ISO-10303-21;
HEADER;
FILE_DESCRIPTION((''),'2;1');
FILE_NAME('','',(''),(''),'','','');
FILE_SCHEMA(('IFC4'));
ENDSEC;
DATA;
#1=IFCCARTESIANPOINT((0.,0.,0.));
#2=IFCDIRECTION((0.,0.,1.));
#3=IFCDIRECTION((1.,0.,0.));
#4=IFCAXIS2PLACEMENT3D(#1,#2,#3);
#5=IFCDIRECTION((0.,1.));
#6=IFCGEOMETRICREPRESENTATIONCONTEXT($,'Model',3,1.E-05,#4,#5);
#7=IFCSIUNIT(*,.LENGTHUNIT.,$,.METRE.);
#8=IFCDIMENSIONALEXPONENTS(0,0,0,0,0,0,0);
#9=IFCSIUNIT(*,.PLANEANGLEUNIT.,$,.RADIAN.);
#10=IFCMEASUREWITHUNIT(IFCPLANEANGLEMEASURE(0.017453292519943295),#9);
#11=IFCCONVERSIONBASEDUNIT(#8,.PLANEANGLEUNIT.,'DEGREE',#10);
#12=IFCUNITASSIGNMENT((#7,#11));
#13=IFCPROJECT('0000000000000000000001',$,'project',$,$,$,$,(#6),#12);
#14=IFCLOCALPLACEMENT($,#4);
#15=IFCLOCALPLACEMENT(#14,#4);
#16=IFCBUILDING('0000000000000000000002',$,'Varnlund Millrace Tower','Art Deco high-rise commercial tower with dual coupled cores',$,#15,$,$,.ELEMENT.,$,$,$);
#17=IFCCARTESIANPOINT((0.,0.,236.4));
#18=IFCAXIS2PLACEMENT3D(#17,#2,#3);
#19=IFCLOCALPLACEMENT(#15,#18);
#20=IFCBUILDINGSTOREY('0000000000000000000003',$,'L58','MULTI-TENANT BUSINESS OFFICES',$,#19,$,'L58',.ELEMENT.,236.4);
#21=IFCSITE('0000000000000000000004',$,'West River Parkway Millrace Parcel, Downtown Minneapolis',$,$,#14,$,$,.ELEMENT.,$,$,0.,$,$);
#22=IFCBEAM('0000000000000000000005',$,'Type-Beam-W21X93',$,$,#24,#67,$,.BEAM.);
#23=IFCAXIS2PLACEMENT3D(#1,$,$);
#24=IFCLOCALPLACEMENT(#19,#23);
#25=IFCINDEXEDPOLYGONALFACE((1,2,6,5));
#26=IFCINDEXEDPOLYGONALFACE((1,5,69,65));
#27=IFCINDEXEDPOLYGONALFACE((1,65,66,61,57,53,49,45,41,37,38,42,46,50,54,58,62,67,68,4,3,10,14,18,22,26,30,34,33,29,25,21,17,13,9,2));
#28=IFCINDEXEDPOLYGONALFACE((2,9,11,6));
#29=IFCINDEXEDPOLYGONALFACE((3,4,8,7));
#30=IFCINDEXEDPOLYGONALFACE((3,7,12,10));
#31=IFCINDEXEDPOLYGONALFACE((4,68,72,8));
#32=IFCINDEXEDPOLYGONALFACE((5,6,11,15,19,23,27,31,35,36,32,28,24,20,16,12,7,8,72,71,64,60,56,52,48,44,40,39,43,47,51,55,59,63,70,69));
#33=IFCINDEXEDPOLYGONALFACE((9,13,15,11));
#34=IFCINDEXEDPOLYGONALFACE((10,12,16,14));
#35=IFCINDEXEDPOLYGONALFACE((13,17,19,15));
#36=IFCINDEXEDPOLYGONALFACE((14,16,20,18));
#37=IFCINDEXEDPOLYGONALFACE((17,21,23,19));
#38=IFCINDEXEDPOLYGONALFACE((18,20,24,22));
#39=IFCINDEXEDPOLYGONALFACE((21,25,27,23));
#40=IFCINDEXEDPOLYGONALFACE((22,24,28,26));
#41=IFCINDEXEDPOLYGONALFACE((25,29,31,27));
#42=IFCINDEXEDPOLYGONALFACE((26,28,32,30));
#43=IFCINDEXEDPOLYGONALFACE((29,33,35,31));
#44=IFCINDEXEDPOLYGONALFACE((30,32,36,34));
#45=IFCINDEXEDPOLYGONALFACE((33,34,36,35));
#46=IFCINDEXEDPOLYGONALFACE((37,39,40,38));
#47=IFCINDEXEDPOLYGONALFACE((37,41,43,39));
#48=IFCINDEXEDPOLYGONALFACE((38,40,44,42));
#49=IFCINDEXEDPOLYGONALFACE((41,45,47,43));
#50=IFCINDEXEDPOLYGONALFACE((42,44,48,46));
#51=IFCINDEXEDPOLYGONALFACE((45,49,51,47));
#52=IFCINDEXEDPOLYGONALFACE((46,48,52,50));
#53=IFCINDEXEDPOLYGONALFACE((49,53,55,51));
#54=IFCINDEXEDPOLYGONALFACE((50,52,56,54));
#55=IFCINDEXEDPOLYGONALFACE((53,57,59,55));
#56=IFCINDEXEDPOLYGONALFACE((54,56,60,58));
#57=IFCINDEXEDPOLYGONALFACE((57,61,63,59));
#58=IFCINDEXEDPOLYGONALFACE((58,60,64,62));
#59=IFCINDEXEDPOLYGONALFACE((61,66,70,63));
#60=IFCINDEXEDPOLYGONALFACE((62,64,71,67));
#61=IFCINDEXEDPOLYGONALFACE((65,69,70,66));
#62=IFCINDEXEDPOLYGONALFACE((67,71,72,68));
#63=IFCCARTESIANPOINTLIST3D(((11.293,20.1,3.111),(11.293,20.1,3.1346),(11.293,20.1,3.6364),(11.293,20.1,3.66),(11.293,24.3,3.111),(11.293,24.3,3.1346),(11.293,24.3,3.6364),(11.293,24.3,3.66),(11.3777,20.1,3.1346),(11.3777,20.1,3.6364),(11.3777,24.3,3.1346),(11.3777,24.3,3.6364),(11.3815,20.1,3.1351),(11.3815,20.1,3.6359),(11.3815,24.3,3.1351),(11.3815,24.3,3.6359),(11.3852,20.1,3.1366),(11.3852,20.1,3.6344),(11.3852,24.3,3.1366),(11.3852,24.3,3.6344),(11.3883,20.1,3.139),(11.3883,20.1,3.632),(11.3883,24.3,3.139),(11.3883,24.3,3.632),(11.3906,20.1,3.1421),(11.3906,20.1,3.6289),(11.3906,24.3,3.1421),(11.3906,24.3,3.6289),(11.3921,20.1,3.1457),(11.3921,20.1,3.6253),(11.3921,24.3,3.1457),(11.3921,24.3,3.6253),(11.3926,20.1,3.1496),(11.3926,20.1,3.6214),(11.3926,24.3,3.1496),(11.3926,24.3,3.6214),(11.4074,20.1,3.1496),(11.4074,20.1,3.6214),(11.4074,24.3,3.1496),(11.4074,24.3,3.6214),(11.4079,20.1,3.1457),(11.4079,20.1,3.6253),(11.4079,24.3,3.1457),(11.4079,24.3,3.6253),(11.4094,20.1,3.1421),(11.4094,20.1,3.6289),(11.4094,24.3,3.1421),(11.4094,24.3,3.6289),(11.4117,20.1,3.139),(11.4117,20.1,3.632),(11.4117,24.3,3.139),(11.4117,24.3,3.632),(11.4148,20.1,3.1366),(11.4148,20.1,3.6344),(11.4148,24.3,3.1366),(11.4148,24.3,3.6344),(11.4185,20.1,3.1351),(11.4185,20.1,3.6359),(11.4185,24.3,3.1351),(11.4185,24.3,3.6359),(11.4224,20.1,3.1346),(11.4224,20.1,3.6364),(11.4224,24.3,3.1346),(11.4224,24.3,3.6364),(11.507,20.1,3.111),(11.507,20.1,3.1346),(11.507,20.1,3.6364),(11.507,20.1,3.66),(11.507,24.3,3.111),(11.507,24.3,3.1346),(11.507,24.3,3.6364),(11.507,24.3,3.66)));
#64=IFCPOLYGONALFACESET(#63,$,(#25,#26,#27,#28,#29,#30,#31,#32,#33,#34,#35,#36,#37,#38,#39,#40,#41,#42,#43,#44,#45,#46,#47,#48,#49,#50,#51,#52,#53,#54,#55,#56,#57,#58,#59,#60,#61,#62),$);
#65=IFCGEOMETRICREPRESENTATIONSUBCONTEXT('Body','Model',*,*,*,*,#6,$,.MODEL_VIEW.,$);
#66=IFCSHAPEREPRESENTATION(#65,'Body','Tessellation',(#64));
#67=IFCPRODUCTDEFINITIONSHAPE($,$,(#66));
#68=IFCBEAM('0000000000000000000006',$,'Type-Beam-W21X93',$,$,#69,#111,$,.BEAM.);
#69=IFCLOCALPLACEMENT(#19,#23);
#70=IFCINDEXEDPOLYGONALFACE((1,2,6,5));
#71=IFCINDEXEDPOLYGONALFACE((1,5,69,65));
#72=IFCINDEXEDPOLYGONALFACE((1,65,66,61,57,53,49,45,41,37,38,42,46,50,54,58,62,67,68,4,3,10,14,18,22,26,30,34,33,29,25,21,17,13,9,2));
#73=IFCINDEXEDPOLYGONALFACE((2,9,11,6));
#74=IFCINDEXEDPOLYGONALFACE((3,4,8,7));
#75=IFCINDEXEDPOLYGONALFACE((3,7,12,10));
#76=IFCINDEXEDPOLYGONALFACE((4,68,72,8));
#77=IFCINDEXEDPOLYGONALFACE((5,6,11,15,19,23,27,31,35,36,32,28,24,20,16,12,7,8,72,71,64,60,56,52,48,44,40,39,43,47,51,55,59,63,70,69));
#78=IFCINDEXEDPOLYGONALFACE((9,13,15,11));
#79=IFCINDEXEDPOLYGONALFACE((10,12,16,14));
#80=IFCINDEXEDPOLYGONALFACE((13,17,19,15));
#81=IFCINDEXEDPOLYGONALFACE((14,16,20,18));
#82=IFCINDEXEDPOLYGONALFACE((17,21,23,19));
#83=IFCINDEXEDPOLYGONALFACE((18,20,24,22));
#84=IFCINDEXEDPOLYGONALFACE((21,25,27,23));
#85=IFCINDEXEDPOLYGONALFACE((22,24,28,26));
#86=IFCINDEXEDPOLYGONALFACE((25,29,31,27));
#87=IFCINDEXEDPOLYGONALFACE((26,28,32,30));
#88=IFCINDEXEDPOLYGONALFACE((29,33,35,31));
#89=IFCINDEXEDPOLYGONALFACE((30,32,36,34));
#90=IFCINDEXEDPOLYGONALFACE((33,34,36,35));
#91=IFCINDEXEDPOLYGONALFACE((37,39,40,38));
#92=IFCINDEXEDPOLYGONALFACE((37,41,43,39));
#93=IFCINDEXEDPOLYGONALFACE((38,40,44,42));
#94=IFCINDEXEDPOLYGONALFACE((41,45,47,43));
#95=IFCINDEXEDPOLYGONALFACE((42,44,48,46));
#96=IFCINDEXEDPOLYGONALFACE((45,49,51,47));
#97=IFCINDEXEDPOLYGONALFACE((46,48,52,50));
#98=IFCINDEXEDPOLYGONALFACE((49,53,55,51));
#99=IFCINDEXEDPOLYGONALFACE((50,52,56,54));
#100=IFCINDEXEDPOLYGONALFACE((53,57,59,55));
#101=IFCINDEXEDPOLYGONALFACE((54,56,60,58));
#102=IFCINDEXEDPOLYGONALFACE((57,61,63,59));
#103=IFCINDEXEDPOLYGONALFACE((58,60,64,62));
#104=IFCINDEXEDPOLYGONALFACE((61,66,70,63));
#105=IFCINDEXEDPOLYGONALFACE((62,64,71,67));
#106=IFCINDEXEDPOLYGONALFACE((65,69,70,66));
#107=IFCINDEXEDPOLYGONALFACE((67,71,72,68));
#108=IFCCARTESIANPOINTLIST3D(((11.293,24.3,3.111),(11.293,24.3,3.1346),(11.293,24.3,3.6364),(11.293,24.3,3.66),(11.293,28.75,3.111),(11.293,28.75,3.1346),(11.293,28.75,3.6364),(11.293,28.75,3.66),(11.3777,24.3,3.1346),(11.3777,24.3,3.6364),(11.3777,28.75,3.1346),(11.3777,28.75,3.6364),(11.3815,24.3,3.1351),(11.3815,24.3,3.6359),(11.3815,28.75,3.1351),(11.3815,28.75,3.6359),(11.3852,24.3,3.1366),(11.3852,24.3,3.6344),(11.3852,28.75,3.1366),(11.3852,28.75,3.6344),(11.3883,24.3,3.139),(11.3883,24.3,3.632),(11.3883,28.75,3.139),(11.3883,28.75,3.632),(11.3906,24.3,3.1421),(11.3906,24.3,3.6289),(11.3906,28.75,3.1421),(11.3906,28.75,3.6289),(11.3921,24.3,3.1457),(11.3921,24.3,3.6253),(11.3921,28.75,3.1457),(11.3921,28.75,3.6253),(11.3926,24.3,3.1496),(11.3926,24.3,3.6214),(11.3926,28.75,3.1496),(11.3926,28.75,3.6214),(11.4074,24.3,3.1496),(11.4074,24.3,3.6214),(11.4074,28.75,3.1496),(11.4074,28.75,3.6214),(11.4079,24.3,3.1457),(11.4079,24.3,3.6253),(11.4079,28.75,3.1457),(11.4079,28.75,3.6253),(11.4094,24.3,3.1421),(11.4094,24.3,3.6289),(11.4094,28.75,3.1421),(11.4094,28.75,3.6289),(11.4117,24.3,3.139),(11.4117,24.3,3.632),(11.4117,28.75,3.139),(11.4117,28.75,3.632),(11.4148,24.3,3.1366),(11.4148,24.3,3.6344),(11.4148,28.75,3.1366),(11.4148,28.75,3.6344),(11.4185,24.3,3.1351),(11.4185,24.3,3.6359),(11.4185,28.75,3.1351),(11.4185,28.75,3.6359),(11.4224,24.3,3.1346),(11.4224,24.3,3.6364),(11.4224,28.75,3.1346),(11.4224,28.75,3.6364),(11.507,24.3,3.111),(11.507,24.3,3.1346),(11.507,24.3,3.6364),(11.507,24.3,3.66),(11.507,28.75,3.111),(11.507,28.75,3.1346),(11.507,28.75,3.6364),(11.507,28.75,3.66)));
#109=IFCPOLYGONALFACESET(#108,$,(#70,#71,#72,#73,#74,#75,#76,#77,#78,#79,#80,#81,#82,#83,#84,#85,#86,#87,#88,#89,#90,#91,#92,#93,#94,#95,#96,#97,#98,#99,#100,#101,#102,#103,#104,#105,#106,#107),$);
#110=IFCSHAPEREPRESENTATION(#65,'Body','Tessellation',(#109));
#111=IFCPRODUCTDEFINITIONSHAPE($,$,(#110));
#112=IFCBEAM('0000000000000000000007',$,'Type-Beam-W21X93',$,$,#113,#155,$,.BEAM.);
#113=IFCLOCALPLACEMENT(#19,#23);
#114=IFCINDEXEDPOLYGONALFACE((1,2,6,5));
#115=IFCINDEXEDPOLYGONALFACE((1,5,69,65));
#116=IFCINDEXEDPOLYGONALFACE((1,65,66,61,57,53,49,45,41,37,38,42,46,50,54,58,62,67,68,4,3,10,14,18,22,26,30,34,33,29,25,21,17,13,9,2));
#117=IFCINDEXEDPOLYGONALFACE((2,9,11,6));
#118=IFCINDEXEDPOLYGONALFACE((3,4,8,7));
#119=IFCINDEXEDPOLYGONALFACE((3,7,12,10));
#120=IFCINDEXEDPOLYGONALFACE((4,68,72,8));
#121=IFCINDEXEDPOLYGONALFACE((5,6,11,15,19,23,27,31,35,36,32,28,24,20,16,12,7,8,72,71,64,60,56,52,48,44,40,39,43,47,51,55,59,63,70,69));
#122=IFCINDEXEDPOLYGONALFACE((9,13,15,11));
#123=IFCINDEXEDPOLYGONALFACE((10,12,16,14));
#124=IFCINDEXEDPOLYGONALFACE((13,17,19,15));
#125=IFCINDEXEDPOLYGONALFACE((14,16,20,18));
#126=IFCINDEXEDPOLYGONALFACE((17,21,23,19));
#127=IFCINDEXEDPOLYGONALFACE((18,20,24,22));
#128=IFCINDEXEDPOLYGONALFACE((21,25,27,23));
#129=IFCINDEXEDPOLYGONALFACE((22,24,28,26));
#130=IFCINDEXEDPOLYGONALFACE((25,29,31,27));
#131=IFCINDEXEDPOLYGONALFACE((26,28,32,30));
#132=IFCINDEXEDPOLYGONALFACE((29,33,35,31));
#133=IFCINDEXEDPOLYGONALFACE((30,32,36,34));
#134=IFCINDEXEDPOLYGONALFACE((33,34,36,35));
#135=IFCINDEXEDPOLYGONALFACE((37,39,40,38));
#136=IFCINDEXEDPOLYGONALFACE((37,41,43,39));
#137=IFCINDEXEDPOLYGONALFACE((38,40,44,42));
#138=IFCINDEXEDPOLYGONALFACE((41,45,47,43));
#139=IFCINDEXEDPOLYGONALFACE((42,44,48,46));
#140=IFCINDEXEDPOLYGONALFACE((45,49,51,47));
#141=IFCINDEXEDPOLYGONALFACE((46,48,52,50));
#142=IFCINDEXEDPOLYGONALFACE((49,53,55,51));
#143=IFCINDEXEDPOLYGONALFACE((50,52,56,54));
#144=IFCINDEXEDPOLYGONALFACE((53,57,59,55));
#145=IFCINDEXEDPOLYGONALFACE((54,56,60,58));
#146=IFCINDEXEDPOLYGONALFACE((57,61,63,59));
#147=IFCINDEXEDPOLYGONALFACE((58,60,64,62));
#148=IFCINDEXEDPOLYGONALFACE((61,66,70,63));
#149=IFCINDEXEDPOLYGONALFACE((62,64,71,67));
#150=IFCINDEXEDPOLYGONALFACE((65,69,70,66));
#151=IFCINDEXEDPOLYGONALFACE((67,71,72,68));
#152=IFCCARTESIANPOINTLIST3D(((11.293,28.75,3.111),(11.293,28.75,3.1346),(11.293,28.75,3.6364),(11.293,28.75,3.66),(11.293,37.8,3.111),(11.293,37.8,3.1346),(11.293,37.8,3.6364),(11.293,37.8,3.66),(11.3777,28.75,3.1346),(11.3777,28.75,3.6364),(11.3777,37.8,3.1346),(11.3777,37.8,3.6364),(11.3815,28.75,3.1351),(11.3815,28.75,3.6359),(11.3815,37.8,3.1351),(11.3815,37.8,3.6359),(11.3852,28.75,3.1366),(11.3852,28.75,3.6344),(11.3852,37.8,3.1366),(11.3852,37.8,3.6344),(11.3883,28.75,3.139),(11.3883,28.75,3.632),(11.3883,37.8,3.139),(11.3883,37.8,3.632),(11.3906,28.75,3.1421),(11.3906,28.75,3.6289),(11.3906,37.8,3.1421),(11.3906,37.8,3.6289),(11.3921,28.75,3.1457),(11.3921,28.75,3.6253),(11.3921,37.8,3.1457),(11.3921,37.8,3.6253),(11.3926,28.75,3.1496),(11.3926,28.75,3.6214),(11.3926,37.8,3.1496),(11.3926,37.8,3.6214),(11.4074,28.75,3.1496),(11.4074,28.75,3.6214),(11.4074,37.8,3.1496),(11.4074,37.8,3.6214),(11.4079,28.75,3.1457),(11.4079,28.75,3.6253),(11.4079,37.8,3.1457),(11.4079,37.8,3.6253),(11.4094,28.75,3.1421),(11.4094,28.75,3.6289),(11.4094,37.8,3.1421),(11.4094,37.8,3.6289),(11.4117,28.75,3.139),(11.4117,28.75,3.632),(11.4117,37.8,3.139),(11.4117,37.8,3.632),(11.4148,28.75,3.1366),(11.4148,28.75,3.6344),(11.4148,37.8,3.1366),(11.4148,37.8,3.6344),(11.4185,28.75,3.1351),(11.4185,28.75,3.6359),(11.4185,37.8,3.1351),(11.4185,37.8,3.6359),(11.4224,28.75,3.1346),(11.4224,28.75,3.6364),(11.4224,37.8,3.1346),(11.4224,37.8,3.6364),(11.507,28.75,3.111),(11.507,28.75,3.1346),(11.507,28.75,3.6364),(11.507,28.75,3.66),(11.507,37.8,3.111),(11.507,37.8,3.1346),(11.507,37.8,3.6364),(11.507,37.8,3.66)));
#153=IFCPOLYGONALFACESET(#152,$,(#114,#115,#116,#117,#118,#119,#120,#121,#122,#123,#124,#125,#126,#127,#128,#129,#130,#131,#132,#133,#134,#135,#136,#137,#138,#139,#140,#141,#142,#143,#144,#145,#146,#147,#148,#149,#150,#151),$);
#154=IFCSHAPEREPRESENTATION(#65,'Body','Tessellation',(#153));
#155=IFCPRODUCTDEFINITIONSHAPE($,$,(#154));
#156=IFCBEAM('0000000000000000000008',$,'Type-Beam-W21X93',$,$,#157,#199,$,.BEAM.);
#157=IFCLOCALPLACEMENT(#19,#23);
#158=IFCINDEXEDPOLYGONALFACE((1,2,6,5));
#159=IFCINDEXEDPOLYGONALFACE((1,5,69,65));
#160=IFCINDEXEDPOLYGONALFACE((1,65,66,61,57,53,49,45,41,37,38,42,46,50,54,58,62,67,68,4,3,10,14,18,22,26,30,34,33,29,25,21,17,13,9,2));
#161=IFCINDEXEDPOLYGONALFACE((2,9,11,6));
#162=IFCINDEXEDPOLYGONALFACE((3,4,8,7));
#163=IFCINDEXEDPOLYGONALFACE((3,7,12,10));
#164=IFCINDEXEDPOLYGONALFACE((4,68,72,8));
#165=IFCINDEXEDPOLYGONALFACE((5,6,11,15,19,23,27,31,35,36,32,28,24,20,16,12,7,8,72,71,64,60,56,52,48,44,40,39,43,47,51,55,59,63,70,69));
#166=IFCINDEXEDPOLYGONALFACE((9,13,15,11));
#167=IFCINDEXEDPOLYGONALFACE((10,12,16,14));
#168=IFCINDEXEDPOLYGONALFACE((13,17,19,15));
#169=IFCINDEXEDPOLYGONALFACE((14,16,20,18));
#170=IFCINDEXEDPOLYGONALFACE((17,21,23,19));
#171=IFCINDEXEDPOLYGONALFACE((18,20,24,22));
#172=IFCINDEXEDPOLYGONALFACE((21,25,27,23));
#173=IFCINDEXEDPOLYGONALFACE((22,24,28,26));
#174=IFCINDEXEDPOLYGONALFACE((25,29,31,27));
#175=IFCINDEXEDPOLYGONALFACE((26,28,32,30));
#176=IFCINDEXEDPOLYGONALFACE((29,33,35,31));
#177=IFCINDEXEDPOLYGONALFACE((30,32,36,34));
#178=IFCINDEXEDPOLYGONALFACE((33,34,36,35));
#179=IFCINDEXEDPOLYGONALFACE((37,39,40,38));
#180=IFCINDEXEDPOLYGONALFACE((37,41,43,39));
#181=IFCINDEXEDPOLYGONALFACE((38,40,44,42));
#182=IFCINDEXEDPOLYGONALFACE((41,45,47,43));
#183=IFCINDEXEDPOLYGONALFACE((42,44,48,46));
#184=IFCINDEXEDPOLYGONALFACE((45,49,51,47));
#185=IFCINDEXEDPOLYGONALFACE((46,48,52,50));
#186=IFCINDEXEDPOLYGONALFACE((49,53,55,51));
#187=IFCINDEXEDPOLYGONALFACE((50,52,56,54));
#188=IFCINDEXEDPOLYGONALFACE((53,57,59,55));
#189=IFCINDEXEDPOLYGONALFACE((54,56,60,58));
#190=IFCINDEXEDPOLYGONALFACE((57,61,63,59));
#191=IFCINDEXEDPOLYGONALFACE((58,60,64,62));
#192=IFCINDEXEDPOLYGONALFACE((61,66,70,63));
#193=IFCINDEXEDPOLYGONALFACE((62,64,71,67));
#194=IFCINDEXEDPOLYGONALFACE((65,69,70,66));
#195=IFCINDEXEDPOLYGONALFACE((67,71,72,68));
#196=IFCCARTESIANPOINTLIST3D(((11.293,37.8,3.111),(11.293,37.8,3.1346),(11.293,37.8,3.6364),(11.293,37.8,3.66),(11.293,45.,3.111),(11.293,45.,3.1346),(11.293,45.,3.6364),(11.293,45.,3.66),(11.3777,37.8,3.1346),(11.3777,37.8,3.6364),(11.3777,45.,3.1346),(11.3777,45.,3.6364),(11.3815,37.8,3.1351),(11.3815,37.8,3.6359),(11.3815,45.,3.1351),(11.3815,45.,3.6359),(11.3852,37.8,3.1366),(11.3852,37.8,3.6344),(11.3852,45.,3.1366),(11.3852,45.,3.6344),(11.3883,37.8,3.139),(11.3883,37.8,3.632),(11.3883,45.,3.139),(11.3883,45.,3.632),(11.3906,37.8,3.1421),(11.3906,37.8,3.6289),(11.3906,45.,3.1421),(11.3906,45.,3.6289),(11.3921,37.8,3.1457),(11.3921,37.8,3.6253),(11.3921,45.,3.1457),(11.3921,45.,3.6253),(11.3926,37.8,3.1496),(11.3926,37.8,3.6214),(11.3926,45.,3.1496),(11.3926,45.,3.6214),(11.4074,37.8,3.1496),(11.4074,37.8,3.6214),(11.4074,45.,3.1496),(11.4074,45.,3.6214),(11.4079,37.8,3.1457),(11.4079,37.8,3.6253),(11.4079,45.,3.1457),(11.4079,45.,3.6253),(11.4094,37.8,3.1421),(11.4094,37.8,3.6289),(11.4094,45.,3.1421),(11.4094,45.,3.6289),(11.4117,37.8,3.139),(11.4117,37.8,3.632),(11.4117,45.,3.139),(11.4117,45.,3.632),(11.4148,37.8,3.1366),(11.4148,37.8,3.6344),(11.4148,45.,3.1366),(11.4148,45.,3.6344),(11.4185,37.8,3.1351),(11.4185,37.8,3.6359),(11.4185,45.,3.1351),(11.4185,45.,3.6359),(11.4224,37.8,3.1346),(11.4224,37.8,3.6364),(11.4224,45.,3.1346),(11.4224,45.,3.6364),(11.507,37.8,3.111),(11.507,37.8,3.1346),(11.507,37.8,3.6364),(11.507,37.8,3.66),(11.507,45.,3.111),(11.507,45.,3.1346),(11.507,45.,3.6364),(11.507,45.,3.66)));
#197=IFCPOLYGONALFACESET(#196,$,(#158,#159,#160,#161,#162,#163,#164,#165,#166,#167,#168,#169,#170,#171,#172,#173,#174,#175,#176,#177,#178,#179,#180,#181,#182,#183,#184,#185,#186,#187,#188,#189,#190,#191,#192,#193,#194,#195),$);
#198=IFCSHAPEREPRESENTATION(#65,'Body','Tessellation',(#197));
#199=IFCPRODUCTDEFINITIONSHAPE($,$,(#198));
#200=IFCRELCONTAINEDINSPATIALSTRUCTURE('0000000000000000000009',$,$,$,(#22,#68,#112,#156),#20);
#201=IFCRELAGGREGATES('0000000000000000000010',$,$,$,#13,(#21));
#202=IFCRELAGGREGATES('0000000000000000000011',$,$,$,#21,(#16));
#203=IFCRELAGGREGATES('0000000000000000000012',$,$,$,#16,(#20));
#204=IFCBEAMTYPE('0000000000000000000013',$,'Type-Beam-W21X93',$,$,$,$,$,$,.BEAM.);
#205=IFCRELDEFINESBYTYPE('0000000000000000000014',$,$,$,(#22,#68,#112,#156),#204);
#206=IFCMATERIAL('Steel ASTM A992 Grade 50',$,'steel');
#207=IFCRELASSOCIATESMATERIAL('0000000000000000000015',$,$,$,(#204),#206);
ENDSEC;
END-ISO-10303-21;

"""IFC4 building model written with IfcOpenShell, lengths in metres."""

from ifc_helpers import new_model, entity, si_unit, converted_unit, direction, frame, origin_with_axes, origin_2d_with_axis, place, context, subcontext, project, spatial, i_section, extrude, material, material_profile, profile_set, type_object, element, save


model = new_model("IFC4")

# Units and contexts
model_context = context("Model", 3, precision=1e-05, world=origin_with_axes(), true_north=direction((0.0, 1.0)))
body_context = subcontext(model_context, "Body", "Model", "MODEL_VIEW")
ifc_project = project(units=[si_unit("LENGTHUNIT", "METRE"), converted_unit("PLANEANGLEUNIT", "DEGREE", entity("IfcPlaneAngleMeasure", 0.017453292519943295), si_unit("PLANEANGLEUNIT", "RADIAN"), dimensions=[0, 0, 0, 0, 0, 0, 0])], contexts=[model_context])

# Site, building, storey
site_placement = place(None, origin_with_axes())
site = spatial("IfcSite", under=ifc_project, at=site_placement, Name="West River Parkway Millrace Parcel, Downtown Minneapolis", CompositionType="ELEMENT", RefElevation=0.0)
building_placement = place(site_placement, origin_with_axes())
building = spatial("IfcBuilding", under=site, at=building_placement, Name="Varnlund Millrace Tower", Description="Art Deco high-rise commercial tower with dual coupled cores", CompositionType="ELEMENT")
storey_placement = place(building_placement, frame((0.0, 0.0, 236.4), z_axis=(0.0, 0.0, 1.0), x_axis=(1.0, 0.0, 0.0)))
storey = spatial("IfcBuildingStorey", under=building, at=storey_placement, Name="L58", Description="MULTI-TENANT BUSINESS OFFICES", LongName="L58", CompositionType="ELEMENT", Elevation=236.4)

# Beams
ifc_material_1 = material(Name="Steel ASTM A992 Grade 50", Category="steel")
ifc_material_profile_1 = material_profile(ifc_material_1, i_section(OverallWidth=0.214, OverallDepth=0.549, WebThickness=0.0147, FlangeThickness=0.0236, FilletRadius=0.015, at=origin_2d_with_axis()), Name="Steel ASTM A992 Grade 50")
ifc_profile_set_1 = profile_set([ifc_material_profile_1], Name="Steel ASTM A992 Grade 50")
beam_type_1 = type_object("IfcBeamType", Name="Type-Beam-W21X93", PredefinedType="BEAM", material=ifc_profile_set_1)
beam_1_placement = place(storey_placement, frame((11.4, 20.1, 3.3855), z_axis=(0.0, 1.0, 0.0), x_axis=(-1.0, 0.0, 0.0)))
element("IfcBeam", 1, at=beam_1_placement, inside=storey, type_object=beam_type_1, Name="Type-Beam-W21X93", PredefinedType="BEAM", context=body_context, shape_type="SweptSolid", body=[
    extrude(i_section(OverallWidth=0.214, OverallDepth=0.549, WebThickness=0.0147, FlangeThickness=0.0236, FilletRadius=0.015, at=origin_2d_with_axis()), origin_with_axes(), (0.0, 0.0, 1.0), 4.2),
])
beam_2_placement = place(storey_placement, frame((11.4, 24.3, 3.3855), z_axis=(0.0, 1.0, 0.0), x_axis=(-1.0, 0.0, 0.0)))
element("IfcBeam", 2, at=beam_2_placement, inside=storey, type_object=beam_type_1, Name="Type-Beam-W21X93", PredefinedType="BEAM", context=body_context, shape_type="SweptSolid", body=[
    extrude(i_section(OverallWidth=0.214, OverallDepth=0.549, WebThickness=0.0147, FlangeThickness=0.0236, FilletRadius=0.015, at=origin_2d_with_axis()), origin_with_axes(), (0.0, 0.0, 1.0), 4.45),
])
beam_3_placement = place(storey_placement, frame((11.4, 28.75, 3.3855), z_axis=(0.0, 1.0, 0.0), x_axis=(-1.0, 0.0, 0.0)))
element("IfcBeam", 3, at=beam_3_placement, inside=storey, type_object=beam_type_1, Name="Type-Beam-W21X93", PredefinedType="BEAM", context=body_context, shape_type="SweptSolid", body=[
    extrude(i_section(OverallWidth=0.214, OverallDepth=0.549, WebThickness=0.0147, FlangeThickness=0.0236, FilletRadius=0.015, at=origin_2d_with_axis()), origin_with_axes(), (0.0, 0.0, 1.0), 9.05),
])
beam_4_placement = place(storey_placement, frame((11.4, 37.8, 3.3855), z_axis=(0.0, 1.0, 0.0), x_axis=(-1.0, 0.0, 0.0)))
element("IfcBeam", 4, at=beam_4_placement, inside=storey, type_object=beam_type_1, Name="Type-Beam-W21X93", PredefinedType="BEAM", context=body_context, shape_type="SweptSolid", body=[
    extrude(i_section(OverallWidth=0.214, OverallDepth=0.549, WebThickness=0.0147, FlangeThickness=0.0236, FilletRadius=0.015, at=origin_2d_with_axis()), origin_with_axes(), (0.0, 0.0, 1.0), 7.2),
])

save(model, "model.ifc")
